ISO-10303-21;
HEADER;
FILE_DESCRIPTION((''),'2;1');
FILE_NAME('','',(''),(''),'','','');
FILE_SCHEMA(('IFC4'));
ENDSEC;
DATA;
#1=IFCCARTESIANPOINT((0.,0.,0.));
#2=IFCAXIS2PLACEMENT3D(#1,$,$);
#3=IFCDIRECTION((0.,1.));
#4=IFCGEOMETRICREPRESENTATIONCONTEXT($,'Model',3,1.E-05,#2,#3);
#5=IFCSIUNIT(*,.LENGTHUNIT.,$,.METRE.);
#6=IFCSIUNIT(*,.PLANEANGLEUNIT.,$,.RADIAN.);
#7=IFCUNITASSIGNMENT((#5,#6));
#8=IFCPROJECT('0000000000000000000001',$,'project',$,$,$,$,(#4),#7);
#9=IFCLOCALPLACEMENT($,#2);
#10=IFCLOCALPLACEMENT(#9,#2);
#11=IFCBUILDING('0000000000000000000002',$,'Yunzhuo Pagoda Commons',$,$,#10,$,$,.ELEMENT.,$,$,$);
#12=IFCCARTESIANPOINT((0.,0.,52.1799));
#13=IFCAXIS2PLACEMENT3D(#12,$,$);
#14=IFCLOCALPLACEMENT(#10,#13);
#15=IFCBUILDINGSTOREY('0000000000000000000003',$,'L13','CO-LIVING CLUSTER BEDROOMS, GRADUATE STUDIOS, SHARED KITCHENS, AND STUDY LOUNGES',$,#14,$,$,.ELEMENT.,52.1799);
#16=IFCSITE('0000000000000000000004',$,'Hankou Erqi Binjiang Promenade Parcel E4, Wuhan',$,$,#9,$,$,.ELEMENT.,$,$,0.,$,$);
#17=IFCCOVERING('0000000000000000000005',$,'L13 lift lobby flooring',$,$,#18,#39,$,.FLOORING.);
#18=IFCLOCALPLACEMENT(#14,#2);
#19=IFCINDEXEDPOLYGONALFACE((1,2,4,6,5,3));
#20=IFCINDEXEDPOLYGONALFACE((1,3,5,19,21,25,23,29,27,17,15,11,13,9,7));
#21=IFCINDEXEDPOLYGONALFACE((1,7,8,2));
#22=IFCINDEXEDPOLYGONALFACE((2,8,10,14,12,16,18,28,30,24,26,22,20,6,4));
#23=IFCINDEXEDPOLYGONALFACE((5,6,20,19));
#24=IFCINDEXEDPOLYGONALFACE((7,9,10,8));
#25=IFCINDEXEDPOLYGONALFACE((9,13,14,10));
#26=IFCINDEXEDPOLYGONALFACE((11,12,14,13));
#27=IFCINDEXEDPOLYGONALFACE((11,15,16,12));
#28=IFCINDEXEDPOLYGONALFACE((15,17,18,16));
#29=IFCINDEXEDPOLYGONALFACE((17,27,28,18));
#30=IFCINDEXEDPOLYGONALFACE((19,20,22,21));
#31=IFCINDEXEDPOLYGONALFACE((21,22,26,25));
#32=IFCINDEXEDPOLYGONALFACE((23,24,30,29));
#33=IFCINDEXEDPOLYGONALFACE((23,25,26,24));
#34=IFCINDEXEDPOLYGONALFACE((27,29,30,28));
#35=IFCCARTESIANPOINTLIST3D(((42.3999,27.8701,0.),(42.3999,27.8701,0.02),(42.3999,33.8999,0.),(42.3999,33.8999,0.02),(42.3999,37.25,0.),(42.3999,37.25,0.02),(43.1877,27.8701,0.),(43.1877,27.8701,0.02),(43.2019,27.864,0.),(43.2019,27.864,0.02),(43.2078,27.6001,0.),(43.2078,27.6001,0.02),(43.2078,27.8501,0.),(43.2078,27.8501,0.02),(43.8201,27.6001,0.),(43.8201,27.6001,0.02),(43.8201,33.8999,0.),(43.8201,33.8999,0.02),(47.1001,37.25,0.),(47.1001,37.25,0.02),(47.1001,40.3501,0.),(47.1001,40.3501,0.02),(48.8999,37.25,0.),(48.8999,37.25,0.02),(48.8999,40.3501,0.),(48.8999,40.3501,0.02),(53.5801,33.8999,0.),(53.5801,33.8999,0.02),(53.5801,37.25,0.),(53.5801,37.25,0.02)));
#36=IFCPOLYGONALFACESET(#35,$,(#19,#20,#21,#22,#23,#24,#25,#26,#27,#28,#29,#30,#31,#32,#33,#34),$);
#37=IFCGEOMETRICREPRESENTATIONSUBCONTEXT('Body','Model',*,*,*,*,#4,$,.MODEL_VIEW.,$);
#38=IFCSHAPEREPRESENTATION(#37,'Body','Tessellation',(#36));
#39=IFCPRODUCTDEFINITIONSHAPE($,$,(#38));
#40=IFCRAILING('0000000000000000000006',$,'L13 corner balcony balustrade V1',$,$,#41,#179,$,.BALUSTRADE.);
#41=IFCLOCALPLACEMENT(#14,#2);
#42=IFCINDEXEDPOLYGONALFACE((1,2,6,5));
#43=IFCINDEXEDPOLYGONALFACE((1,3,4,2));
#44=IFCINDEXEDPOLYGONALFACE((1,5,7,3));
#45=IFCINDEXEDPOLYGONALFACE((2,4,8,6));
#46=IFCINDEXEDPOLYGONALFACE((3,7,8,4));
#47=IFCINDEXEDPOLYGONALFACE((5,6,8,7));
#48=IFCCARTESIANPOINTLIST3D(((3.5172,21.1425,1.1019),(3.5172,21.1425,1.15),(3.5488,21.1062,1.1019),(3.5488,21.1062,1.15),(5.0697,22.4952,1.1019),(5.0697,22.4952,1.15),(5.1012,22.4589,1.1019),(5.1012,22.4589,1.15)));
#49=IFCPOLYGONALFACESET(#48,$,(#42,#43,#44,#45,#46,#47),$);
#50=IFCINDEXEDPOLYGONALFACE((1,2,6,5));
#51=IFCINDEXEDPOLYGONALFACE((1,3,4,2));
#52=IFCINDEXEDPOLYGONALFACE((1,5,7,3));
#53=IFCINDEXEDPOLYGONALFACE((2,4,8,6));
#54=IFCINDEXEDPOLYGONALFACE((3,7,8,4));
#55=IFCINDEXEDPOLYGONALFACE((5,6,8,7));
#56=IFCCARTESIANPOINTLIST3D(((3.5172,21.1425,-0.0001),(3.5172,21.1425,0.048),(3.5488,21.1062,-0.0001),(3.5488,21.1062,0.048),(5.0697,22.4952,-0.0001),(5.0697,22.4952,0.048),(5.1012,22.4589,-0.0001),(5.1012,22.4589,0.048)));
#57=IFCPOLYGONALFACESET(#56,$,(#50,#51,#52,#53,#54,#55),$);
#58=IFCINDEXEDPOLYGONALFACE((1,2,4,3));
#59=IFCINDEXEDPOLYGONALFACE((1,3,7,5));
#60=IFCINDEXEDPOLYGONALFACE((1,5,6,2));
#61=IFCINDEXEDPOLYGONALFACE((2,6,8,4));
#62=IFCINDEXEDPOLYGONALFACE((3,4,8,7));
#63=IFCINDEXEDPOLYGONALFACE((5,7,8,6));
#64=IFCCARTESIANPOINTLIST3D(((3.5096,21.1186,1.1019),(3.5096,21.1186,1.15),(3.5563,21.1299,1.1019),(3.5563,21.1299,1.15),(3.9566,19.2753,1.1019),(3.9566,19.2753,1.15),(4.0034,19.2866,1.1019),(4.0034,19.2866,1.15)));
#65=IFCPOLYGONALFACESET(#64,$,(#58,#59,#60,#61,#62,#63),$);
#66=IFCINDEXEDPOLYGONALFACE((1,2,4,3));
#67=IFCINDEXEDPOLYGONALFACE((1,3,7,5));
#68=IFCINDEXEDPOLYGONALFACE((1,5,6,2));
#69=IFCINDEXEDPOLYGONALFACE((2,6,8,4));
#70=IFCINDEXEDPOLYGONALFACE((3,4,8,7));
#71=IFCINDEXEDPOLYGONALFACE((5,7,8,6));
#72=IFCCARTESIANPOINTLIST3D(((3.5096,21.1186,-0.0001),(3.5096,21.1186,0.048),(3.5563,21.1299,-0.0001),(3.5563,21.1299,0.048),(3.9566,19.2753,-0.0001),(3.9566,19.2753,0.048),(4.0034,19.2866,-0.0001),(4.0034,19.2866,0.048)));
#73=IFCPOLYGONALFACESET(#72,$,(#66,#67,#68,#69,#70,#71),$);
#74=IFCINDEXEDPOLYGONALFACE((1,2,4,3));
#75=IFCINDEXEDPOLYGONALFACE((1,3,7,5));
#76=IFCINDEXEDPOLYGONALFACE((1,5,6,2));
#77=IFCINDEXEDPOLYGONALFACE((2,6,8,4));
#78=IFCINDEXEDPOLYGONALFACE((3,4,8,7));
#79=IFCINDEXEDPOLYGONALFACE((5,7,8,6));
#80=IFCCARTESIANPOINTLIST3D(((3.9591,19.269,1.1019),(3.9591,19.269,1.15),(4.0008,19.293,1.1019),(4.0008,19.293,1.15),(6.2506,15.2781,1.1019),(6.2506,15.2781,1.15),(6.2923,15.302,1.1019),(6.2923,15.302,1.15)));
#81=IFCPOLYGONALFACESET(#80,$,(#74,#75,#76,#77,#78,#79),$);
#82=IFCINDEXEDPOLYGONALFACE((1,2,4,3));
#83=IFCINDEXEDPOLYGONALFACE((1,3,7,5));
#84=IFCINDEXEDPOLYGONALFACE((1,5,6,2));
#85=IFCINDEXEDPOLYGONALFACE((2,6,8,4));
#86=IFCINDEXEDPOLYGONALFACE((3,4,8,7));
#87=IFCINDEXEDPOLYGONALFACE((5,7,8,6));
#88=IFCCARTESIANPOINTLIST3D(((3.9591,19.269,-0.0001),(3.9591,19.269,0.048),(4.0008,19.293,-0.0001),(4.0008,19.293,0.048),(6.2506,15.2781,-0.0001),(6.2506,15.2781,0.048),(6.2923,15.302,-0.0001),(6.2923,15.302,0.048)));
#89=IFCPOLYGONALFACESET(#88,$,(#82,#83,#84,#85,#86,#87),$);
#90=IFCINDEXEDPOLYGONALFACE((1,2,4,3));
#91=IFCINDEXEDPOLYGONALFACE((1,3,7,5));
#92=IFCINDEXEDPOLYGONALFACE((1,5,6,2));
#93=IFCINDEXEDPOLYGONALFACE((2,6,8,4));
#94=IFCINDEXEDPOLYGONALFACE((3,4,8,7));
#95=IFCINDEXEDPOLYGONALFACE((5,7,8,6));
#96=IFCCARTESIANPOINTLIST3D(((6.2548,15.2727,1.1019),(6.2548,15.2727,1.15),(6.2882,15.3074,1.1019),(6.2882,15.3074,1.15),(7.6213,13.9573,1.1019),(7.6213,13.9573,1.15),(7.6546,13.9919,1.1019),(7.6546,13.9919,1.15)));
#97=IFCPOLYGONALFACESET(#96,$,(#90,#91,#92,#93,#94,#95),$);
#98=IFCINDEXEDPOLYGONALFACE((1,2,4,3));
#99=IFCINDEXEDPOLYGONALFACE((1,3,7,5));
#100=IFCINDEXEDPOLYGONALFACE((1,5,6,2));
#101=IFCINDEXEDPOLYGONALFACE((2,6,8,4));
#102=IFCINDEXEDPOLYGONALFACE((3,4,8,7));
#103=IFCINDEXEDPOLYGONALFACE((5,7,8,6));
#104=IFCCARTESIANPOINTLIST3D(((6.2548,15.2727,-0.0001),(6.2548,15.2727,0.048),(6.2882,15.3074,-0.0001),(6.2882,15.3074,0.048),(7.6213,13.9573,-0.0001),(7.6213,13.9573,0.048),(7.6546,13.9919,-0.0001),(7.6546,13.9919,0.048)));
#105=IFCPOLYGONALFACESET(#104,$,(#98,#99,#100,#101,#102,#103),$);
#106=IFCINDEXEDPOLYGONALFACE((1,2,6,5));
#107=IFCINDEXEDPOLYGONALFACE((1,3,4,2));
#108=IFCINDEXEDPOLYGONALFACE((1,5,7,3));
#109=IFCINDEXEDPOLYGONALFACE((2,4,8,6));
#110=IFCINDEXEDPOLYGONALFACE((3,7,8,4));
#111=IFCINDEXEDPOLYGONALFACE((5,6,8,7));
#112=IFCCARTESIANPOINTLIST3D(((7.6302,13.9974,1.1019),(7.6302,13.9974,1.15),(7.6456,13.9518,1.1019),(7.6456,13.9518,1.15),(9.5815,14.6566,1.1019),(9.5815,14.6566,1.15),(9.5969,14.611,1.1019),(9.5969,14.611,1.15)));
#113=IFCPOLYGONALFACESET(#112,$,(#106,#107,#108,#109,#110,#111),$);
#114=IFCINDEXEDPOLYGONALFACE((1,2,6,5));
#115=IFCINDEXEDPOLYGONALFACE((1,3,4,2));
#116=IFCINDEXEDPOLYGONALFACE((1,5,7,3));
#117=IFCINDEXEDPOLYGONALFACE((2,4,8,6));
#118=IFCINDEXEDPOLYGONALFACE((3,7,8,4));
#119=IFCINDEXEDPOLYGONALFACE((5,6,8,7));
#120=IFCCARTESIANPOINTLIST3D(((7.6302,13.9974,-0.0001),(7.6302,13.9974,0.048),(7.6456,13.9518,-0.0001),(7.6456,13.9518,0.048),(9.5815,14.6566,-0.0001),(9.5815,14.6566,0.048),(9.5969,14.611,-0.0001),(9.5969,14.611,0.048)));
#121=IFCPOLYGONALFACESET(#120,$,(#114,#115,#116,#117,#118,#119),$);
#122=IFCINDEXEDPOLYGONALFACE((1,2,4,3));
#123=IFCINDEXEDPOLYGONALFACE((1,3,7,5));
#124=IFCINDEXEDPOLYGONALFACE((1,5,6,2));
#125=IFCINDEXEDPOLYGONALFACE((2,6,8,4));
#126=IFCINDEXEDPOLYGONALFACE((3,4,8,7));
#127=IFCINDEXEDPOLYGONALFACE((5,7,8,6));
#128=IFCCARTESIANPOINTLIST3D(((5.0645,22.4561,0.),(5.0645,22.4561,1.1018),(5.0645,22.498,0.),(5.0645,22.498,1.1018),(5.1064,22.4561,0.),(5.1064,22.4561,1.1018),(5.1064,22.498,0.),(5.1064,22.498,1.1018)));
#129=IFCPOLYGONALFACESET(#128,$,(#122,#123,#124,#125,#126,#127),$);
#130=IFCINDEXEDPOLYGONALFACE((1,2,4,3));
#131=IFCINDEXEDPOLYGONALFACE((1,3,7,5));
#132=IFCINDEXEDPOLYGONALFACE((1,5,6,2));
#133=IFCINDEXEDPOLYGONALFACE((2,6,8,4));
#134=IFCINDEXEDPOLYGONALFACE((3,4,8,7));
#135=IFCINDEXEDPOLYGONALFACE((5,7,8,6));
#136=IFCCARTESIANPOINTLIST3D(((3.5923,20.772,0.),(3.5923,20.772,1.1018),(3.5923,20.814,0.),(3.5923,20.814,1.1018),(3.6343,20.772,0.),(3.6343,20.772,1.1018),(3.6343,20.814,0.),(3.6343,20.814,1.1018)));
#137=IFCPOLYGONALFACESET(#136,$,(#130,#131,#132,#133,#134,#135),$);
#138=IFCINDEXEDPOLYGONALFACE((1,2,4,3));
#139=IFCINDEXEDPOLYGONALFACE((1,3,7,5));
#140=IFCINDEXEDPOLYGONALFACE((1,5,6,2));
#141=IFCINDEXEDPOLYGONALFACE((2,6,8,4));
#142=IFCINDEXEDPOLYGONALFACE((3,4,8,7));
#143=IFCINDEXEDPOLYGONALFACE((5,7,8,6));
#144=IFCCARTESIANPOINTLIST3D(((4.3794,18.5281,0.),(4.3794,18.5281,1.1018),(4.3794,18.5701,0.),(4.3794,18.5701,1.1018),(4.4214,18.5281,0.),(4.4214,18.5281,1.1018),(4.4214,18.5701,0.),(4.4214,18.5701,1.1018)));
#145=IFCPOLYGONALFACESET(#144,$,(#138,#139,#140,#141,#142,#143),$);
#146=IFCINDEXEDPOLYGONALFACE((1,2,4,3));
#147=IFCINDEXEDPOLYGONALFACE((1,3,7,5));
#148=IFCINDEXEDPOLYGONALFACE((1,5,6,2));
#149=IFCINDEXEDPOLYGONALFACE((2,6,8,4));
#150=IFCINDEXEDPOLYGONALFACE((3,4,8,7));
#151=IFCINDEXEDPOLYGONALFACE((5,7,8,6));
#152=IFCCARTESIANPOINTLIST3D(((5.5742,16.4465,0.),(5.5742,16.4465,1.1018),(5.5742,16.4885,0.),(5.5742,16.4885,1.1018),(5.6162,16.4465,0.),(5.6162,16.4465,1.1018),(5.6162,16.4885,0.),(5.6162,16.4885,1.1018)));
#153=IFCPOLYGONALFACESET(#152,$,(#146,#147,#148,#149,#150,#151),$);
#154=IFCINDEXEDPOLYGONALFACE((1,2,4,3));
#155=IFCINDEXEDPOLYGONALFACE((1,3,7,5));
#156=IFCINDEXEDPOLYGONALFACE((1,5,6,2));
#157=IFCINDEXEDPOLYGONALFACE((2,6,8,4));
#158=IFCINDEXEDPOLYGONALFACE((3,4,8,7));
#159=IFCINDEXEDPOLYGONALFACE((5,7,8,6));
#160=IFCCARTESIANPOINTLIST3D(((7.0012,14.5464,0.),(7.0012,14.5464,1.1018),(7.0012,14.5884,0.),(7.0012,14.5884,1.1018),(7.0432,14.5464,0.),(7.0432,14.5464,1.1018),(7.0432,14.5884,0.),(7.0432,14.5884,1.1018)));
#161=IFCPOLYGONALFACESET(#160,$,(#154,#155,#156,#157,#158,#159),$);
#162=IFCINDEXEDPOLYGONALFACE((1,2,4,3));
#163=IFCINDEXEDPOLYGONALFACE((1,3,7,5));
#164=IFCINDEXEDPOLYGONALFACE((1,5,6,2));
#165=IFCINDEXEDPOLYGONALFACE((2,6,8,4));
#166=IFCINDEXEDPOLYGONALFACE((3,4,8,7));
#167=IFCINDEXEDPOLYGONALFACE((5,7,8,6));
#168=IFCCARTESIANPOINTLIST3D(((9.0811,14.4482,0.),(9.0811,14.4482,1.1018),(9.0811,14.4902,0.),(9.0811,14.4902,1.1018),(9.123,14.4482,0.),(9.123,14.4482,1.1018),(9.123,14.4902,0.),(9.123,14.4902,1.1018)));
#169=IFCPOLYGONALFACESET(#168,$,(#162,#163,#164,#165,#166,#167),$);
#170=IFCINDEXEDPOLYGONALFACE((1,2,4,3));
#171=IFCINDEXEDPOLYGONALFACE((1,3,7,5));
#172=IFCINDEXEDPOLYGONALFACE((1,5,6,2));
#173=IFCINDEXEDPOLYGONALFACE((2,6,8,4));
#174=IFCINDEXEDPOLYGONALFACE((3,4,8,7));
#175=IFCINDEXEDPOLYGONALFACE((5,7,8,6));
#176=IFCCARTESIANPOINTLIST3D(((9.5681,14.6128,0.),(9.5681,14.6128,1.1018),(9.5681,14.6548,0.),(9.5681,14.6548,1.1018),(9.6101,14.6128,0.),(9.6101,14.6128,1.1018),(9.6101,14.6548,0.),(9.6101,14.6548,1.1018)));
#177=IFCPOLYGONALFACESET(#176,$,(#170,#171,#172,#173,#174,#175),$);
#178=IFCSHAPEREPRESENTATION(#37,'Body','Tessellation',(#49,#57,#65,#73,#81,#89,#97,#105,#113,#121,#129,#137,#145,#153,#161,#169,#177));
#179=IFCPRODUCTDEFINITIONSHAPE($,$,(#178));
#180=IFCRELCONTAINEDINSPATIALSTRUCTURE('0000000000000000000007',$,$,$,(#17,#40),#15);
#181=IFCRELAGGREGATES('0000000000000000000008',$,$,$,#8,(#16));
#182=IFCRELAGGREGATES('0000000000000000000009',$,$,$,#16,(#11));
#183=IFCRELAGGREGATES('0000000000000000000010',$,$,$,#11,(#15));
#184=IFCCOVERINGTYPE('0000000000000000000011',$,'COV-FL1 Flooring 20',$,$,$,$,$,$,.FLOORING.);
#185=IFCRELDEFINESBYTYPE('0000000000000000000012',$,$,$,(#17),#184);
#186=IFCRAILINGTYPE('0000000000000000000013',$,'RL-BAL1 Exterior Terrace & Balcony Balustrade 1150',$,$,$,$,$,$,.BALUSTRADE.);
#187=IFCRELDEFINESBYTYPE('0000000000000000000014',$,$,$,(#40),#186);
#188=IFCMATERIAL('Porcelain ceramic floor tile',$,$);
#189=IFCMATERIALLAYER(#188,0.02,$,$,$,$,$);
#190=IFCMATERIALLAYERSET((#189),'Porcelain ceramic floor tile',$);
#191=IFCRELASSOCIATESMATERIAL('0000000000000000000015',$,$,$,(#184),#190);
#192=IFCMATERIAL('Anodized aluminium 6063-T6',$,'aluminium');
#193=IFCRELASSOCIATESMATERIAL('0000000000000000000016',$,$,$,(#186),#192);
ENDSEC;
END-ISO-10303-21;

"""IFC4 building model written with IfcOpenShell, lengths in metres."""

from ifc_helpers import new_model, si_unit, direction, frame, origin, origin_2d, place, context, subcontext, project, spatial, polyline, rectangle, outline, extrude, material, layer, layer_set, type_object, element, save


model = new_model("IFC4")

# Units and contexts
model_context = context("Model", 3, precision=1e-05, world=origin(), true_north=direction((0.0, 1.0)))
body_context = subcontext(model_context, "Body", "Model", "MODEL_VIEW")
ifc_project = project(units=[si_unit("LENGTHUNIT", "METRE"), si_unit("PLANEANGLEUNIT", "RADIAN")], contexts=[model_context])

# Site, building, storey
site_placement = place(None, origin())
site = spatial("IfcSite", under=ifc_project, at=site_placement, Name="Hankou Erqi Binjiang Promenade Parcel E4, Wuhan", CompositionType="ELEMENT", RefElevation=0.0)
building_placement = place(site_placement, origin())
building = spatial("IfcBuilding", under=site, at=building_placement, Name="Yunzhuo Pagoda Commons", CompositionType="ELEMENT")
storey_placement = place(building_placement, frame((0.0, 0.0, 52.1799)))
storey = spatial("IfcBuildingStorey", under=building, at=storey_placement, Name="L13", Description="CO-LIVING CLUSTER BEDROOMS, GRADUATE STUDIOS, SHARED KITCHENS, AND STUDY LOUNGES", CompositionType="ELEMENT", Elevation=52.1799)

# Shared definitions
ifc_material_1 = material(Name="Anodized aluminium 6063-T6", Category="aluminium")

# Covering
ifc_material_2 = material(Name="Porcelain ceramic floor tile")
ifc_layer_1 = layer(ifc_material_2, 0.02)
ifc_layer_set_1 = layer_set([ifc_layer_1], Name="Porcelain ceramic floor tile")
covering_type_1 = type_object("IfcCoveringType", Name="COV-FL1 Flooring 20", PredefinedType="FLOORING", material=ifc_layer_set_1)
covering_1_placement = place(storey_placement, origin())
element("IfcCovering", 1, at=covering_1_placement, inside=storey, type_object=covering_type_1, Name="L13 lift lobby flooring", PredefinedType="FLOORING", context=body_context, shape_type="SweptSolid", body=[
    extrude(outline(polyline([(43.2078, 27.8501), (43.2019, 27.864), (43.1877, 27.8701), (42.3999, 27.8701), (42.3999, 33.8999), (42.3999, 37.25), (47.1001, 37.25), (47.1001, 40.3501), (48.8999, 40.3501), (48.8999, 37.25), (53.5801, 37.25), (53.5801, 33.8999), (43.8201, 33.8999), (43.8201, 27.6001), (43.2078, 27.6001), (43.2078, 27.8501)])), origin(), (0.0, 0.0, 1.0), 0.02),
])

# Railing
railing_type = type_object("IfcRailingType", Name="RL-BAL1 Exterior Terrace & Balcony Balustrade 1150", PredefinedType="BALUSTRADE", material=ifc_material_1)
railing_placement = place(storey_placement, frame((5.0854, 22.4771, 0.0)))
element("IfcRailing", 2, at=railing_placement, inside=storey, type_object=railing_type, Name="L13 corner balcony balustrade V1", PredefinedType="BALUSTRADE", context=body_context, shape_type="SweptSolid", body=[
    extrude(rectangle(XDim=0.0481, YDim=0.0481, at=origin_2d()), frame((0.0, 0.0, 1.126), z_axis=(-0.753934, -0.65695, 0.0), x_axis=(0.65695, -0.753934, 0.0)), (0.0, 0.0, 1.0), 2.0591),
    extrude(rectangle(XDim=0.0481, YDim=0.0481, at=origin_2d()), frame((0.0, 0.0, 0.0239), z_axis=(-0.753934, -0.65695, 0.0), x_axis=(0.65695, -0.753934, 0.0)), (0.0, 0.0, 1.0), 2.0591),
    extrude(rectangle(XDim=0.0481, YDim=0.0481, at=origin_2d()), frame((-1.5525, -1.3528, 1.126), z_axis=(0.235685, -0.97183, 0.0), x_axis=(0.97183, 0.235685, 0.0)), (0.0, 0.0, 1.0), 1.8967),
    extrude(rectangle(XDim=0.0481, YDim=0.0481, at=origin_2d()), frame((-1.5525, -1.3528, 0.0239), z_axis=(0.235685, -0.97183, 0.0), x_axis=(0.97183, 0.235685, 0.0)), (0.0, 0.0, 1.0), 1.8967),
    extrude(rectangle(XDim=0.0481, YDim=0.0481, at=origin_2d()), frame((-1.1055, -3.196, 1.126), z_axis=(0.497932, -0.867216, 0.0), x_axis=(0.867216, 0.497932, 0.0)), (0.0, 0.0, 1.0), 4.6021),
    extrude(rectangle(XDim=0.0481, YDim=0.0481, at=origin_2d()), frame((-1.1055, -3.196, 0.0239), z_axis=(0.497932, -0.867216, 0.0), x_axis=(0.867216, 0.497932, 0.0)), (0.0, 0.0, 1.0), 4.6021),
    extrude(rectangle(XDim=0.0481, YDim=0.0481, at=origin_2d()), frame((1.186, -7.187, 1.126), z_axis=(0.72043, -0.693528, 0.0), x_axis=(0.693528, 0.72043, 0.0)), (0.0, 0.0, 1.0), 1.8967),
    extrude(rectangle(XDim=0.0481, YDim=0.0481, at=origin_2d()), frame((1.186, -7.187, 0.0239), z_axis=(0.72043, -0.693528, 0.0), x_axis=(0.693528, 0.72043, 0.0)), (0.0, 0.0, 1.0), 1.8967),
    extrude(rectangle(XDim=0.0481, YDim=0.0481, at=origin_2d()), frame((2.5525, -8.5024, 1.126), z_axis=(0.947395, 0.320066, 0.0), x_axis=(-0.320066, 0.947395, 0.0)), (0.0, 0.0, 1.0), 2.0596),
    extrude(rectangle(XDim=0.0481, YDim=0.0481, at=origin_2d()), frame((2.5525, -8.5024, 0.0239), z_axis=(0.947395, 0.320066, 0.0), x_axis=(-0.320066, 0.947395, 0.0)), (0.0, 0.0, 1.0), 2.0596),
    extrude(rectangle(XDim=0.042, YDim=0.042, at=origin_2d()), origin(), (0.0, 0.0, 1.0), 1.1018),
    extrude(rectangle(XDim=0.042, YDim=0.042, at=origin_2d()), frame((-1.4722, -1.6841, 0.0)), (0.0, 0.0, 1.0), 1.1018),
    extrude(rectangle(XDim=0.042, YDim=0.042, at=origin_2d()), frame((-0.6851, -3.928, 0.0)), (0.0, 0.0, 1.0), 1.1018),
    extrude(rectangle(XDim=0.042, YDim=0.042, at=origin_2d()), frame((0.5098, -6.0095, 0.0)), (0.0, 0.0, 1.0), 1.1018),
    extrude(rectangle(XDim=0.042, YDim=0.042, at=origin_2d()), frame((1.9368, -7.9097, 0.0)), (0.0, 0.0, 1.0), 1.1018),
    extrude(rectangle(XDim=0.042, YDim=0.042, at=origin_2d()), frame((4.0166, -8.0078, 0.0)), (0.0, 0.0, 1.0), 1.1018),
    extrude(rectangle(XDim=0.042, YDim=0.042, at=origin_2d()), frame((4.5037, -7.8433, 0.0)), (0.0, 0.0, 1.0), 1.1018),
])

save(model, "model.ifc")
